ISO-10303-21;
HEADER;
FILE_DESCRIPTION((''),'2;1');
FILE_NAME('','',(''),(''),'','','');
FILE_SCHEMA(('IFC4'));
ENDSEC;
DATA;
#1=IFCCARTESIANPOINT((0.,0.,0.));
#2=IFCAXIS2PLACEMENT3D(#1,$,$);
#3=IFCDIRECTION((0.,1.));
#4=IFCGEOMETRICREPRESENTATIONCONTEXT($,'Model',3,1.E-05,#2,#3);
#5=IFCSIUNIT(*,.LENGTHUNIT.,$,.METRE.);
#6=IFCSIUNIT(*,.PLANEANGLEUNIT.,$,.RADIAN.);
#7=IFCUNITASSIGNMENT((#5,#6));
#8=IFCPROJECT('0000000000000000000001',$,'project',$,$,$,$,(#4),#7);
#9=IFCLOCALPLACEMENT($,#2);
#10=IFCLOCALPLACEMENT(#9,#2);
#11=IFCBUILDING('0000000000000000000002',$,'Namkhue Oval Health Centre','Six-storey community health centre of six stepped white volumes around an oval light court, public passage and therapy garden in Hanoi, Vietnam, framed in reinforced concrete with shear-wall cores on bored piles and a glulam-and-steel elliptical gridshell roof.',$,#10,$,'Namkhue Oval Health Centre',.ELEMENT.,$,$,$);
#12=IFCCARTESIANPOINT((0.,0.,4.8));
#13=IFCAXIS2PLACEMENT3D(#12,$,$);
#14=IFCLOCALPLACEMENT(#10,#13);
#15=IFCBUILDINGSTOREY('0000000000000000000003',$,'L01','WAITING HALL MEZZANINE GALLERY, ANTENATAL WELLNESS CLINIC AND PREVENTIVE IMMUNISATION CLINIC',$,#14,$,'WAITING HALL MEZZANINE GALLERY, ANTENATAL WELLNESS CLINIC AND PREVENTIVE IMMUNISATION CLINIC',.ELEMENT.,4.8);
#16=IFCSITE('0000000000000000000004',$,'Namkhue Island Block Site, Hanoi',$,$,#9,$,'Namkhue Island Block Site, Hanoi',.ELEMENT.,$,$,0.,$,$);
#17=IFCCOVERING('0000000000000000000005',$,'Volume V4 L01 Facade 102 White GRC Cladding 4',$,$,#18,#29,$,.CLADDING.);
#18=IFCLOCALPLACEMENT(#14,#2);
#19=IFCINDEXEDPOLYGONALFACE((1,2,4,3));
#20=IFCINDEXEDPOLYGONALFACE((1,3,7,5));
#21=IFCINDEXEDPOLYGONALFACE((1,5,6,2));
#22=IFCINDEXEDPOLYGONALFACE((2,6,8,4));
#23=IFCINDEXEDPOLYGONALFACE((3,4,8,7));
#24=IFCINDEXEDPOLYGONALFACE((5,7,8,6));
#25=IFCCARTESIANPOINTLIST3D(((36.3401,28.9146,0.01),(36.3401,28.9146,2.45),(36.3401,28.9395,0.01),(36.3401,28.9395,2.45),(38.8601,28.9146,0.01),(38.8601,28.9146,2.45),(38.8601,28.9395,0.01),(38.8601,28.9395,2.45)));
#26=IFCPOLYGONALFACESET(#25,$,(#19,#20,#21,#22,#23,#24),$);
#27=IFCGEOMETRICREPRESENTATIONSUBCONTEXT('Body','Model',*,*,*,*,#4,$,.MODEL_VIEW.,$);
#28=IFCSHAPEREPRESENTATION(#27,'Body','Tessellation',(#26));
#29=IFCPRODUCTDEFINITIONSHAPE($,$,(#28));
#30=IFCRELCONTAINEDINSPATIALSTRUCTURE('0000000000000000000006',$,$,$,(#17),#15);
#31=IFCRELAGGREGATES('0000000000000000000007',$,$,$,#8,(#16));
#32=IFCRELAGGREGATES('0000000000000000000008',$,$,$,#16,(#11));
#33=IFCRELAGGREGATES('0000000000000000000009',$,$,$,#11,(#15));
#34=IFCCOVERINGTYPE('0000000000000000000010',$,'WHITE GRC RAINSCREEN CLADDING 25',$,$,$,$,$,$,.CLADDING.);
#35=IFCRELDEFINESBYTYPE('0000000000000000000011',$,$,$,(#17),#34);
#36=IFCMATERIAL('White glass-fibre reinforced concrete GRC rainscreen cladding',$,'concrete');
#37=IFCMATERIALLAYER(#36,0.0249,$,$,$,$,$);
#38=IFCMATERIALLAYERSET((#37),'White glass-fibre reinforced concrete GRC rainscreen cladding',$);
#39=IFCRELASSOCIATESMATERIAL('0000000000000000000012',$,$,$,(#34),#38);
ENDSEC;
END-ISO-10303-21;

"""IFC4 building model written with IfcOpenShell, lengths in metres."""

from ifc_helpers import new_model, si_unit, direction, frame, origin, origin_2d, place, context, subcontext, project, spatial, rectangle, extrude, material, layer, layer_set, type_object, element, save


model = new_model("IFC4")

# Units and contexts
model_context = context("Model", 3, precision=1e-05, world=origin(), true_north=direction((0.0, 1.0)))
body_context = subcontext(model_context, "Body", "Model", "MODEL_VIEW")
ifc_project = project(units=[si_unit("LENGTHUNIT", "METRE"), si_unit("PLANEANGLEUNIT", "RADIAN")], contexts=[model_context])

# Site, building, storey
site_placement = place(None, origin())
site = spatial("IfcSite", under=ifc_project, at=site_placement, Name="Namkhue Island Block Site, Hanoi", LongName="Namkhue Island Block Site, Hanoi", CompositionType="ELEMENT", RefElevation=0.0)
building_placement = place(site_placement, origin())
building = spatial("IfcBuilding", under=site, at=building_placement, Name="Namkhue Oval Health Centre", Description="Six-storey community health centre of six stepped white volumes around an oval light court, public passage and therapy garden in Hanoi, Vietnam, framed in reinforced concrete with shear-wall cores on bored piles and a glulam-and-steel elliptical gridshell roof.", LongName="Namkhue Oval Health Centre", CompositionType="ELEMENT")
storey_placement = place(building_placement, frame((0.0, 0.0, 4.8)))
storey = spatial("IfcBuildingStorey", under=building, at=storey_placement, Name="L01", Description="WAITING HALL MEZZANINE GALLERY, ANTENATAL WELLNESS CLINIC AND PREVENTIVE IMMUNISATION CLINIC", LongName="WAITING HALL MEZZANINE GALLERY, ANTENATAL WELLNESS CLINIC AND PREVENTIVE IMMUNISATION CLINIC", CompositionType="ELEMENT", Elevation=4.8)

# Covering
ifc_material_1 = material(Name="White glass-fibre reinforced concrete GRC rainscreen cladding", Category="concrete")
ifc_layer_1 = layer(ifc_material_1, 0.0249)
ifc_layer_set_1 = layer_set([ifc_layer_1], Name="White glass-fibre reinforced concrete GRC rainscreen cladding")
covering_type = type_object("IfcCoveringType", Name="WHITE GRC RAINSCREEN CLADDING 25", PredefinedType="CLADDING", material=ifc_layer_set_1)
covering_1_placement = place(storey_placement, frame((37.6001, 28.927, 0.01), z_axis=(0.0, 0.0, 1.0), x_axis=(-1.0, 0.0, 0.0)))
element("IfcCovering", 1, at=covering_1_placement, inside=storey, type_object=covering_type, Name="Volume V4 L01 Facade 102 White GRC Cladding 4", PredefinedType="CLADDING", context=body_context, shape_type="SweptSolid", body=[
    extrude(rectangle(XDim=2.52, YDim=0.0249, at=origin_2d()), origin(), (0.0, 0.0, 1.0), 2.4399),
])

save(model, "model.ifc")
